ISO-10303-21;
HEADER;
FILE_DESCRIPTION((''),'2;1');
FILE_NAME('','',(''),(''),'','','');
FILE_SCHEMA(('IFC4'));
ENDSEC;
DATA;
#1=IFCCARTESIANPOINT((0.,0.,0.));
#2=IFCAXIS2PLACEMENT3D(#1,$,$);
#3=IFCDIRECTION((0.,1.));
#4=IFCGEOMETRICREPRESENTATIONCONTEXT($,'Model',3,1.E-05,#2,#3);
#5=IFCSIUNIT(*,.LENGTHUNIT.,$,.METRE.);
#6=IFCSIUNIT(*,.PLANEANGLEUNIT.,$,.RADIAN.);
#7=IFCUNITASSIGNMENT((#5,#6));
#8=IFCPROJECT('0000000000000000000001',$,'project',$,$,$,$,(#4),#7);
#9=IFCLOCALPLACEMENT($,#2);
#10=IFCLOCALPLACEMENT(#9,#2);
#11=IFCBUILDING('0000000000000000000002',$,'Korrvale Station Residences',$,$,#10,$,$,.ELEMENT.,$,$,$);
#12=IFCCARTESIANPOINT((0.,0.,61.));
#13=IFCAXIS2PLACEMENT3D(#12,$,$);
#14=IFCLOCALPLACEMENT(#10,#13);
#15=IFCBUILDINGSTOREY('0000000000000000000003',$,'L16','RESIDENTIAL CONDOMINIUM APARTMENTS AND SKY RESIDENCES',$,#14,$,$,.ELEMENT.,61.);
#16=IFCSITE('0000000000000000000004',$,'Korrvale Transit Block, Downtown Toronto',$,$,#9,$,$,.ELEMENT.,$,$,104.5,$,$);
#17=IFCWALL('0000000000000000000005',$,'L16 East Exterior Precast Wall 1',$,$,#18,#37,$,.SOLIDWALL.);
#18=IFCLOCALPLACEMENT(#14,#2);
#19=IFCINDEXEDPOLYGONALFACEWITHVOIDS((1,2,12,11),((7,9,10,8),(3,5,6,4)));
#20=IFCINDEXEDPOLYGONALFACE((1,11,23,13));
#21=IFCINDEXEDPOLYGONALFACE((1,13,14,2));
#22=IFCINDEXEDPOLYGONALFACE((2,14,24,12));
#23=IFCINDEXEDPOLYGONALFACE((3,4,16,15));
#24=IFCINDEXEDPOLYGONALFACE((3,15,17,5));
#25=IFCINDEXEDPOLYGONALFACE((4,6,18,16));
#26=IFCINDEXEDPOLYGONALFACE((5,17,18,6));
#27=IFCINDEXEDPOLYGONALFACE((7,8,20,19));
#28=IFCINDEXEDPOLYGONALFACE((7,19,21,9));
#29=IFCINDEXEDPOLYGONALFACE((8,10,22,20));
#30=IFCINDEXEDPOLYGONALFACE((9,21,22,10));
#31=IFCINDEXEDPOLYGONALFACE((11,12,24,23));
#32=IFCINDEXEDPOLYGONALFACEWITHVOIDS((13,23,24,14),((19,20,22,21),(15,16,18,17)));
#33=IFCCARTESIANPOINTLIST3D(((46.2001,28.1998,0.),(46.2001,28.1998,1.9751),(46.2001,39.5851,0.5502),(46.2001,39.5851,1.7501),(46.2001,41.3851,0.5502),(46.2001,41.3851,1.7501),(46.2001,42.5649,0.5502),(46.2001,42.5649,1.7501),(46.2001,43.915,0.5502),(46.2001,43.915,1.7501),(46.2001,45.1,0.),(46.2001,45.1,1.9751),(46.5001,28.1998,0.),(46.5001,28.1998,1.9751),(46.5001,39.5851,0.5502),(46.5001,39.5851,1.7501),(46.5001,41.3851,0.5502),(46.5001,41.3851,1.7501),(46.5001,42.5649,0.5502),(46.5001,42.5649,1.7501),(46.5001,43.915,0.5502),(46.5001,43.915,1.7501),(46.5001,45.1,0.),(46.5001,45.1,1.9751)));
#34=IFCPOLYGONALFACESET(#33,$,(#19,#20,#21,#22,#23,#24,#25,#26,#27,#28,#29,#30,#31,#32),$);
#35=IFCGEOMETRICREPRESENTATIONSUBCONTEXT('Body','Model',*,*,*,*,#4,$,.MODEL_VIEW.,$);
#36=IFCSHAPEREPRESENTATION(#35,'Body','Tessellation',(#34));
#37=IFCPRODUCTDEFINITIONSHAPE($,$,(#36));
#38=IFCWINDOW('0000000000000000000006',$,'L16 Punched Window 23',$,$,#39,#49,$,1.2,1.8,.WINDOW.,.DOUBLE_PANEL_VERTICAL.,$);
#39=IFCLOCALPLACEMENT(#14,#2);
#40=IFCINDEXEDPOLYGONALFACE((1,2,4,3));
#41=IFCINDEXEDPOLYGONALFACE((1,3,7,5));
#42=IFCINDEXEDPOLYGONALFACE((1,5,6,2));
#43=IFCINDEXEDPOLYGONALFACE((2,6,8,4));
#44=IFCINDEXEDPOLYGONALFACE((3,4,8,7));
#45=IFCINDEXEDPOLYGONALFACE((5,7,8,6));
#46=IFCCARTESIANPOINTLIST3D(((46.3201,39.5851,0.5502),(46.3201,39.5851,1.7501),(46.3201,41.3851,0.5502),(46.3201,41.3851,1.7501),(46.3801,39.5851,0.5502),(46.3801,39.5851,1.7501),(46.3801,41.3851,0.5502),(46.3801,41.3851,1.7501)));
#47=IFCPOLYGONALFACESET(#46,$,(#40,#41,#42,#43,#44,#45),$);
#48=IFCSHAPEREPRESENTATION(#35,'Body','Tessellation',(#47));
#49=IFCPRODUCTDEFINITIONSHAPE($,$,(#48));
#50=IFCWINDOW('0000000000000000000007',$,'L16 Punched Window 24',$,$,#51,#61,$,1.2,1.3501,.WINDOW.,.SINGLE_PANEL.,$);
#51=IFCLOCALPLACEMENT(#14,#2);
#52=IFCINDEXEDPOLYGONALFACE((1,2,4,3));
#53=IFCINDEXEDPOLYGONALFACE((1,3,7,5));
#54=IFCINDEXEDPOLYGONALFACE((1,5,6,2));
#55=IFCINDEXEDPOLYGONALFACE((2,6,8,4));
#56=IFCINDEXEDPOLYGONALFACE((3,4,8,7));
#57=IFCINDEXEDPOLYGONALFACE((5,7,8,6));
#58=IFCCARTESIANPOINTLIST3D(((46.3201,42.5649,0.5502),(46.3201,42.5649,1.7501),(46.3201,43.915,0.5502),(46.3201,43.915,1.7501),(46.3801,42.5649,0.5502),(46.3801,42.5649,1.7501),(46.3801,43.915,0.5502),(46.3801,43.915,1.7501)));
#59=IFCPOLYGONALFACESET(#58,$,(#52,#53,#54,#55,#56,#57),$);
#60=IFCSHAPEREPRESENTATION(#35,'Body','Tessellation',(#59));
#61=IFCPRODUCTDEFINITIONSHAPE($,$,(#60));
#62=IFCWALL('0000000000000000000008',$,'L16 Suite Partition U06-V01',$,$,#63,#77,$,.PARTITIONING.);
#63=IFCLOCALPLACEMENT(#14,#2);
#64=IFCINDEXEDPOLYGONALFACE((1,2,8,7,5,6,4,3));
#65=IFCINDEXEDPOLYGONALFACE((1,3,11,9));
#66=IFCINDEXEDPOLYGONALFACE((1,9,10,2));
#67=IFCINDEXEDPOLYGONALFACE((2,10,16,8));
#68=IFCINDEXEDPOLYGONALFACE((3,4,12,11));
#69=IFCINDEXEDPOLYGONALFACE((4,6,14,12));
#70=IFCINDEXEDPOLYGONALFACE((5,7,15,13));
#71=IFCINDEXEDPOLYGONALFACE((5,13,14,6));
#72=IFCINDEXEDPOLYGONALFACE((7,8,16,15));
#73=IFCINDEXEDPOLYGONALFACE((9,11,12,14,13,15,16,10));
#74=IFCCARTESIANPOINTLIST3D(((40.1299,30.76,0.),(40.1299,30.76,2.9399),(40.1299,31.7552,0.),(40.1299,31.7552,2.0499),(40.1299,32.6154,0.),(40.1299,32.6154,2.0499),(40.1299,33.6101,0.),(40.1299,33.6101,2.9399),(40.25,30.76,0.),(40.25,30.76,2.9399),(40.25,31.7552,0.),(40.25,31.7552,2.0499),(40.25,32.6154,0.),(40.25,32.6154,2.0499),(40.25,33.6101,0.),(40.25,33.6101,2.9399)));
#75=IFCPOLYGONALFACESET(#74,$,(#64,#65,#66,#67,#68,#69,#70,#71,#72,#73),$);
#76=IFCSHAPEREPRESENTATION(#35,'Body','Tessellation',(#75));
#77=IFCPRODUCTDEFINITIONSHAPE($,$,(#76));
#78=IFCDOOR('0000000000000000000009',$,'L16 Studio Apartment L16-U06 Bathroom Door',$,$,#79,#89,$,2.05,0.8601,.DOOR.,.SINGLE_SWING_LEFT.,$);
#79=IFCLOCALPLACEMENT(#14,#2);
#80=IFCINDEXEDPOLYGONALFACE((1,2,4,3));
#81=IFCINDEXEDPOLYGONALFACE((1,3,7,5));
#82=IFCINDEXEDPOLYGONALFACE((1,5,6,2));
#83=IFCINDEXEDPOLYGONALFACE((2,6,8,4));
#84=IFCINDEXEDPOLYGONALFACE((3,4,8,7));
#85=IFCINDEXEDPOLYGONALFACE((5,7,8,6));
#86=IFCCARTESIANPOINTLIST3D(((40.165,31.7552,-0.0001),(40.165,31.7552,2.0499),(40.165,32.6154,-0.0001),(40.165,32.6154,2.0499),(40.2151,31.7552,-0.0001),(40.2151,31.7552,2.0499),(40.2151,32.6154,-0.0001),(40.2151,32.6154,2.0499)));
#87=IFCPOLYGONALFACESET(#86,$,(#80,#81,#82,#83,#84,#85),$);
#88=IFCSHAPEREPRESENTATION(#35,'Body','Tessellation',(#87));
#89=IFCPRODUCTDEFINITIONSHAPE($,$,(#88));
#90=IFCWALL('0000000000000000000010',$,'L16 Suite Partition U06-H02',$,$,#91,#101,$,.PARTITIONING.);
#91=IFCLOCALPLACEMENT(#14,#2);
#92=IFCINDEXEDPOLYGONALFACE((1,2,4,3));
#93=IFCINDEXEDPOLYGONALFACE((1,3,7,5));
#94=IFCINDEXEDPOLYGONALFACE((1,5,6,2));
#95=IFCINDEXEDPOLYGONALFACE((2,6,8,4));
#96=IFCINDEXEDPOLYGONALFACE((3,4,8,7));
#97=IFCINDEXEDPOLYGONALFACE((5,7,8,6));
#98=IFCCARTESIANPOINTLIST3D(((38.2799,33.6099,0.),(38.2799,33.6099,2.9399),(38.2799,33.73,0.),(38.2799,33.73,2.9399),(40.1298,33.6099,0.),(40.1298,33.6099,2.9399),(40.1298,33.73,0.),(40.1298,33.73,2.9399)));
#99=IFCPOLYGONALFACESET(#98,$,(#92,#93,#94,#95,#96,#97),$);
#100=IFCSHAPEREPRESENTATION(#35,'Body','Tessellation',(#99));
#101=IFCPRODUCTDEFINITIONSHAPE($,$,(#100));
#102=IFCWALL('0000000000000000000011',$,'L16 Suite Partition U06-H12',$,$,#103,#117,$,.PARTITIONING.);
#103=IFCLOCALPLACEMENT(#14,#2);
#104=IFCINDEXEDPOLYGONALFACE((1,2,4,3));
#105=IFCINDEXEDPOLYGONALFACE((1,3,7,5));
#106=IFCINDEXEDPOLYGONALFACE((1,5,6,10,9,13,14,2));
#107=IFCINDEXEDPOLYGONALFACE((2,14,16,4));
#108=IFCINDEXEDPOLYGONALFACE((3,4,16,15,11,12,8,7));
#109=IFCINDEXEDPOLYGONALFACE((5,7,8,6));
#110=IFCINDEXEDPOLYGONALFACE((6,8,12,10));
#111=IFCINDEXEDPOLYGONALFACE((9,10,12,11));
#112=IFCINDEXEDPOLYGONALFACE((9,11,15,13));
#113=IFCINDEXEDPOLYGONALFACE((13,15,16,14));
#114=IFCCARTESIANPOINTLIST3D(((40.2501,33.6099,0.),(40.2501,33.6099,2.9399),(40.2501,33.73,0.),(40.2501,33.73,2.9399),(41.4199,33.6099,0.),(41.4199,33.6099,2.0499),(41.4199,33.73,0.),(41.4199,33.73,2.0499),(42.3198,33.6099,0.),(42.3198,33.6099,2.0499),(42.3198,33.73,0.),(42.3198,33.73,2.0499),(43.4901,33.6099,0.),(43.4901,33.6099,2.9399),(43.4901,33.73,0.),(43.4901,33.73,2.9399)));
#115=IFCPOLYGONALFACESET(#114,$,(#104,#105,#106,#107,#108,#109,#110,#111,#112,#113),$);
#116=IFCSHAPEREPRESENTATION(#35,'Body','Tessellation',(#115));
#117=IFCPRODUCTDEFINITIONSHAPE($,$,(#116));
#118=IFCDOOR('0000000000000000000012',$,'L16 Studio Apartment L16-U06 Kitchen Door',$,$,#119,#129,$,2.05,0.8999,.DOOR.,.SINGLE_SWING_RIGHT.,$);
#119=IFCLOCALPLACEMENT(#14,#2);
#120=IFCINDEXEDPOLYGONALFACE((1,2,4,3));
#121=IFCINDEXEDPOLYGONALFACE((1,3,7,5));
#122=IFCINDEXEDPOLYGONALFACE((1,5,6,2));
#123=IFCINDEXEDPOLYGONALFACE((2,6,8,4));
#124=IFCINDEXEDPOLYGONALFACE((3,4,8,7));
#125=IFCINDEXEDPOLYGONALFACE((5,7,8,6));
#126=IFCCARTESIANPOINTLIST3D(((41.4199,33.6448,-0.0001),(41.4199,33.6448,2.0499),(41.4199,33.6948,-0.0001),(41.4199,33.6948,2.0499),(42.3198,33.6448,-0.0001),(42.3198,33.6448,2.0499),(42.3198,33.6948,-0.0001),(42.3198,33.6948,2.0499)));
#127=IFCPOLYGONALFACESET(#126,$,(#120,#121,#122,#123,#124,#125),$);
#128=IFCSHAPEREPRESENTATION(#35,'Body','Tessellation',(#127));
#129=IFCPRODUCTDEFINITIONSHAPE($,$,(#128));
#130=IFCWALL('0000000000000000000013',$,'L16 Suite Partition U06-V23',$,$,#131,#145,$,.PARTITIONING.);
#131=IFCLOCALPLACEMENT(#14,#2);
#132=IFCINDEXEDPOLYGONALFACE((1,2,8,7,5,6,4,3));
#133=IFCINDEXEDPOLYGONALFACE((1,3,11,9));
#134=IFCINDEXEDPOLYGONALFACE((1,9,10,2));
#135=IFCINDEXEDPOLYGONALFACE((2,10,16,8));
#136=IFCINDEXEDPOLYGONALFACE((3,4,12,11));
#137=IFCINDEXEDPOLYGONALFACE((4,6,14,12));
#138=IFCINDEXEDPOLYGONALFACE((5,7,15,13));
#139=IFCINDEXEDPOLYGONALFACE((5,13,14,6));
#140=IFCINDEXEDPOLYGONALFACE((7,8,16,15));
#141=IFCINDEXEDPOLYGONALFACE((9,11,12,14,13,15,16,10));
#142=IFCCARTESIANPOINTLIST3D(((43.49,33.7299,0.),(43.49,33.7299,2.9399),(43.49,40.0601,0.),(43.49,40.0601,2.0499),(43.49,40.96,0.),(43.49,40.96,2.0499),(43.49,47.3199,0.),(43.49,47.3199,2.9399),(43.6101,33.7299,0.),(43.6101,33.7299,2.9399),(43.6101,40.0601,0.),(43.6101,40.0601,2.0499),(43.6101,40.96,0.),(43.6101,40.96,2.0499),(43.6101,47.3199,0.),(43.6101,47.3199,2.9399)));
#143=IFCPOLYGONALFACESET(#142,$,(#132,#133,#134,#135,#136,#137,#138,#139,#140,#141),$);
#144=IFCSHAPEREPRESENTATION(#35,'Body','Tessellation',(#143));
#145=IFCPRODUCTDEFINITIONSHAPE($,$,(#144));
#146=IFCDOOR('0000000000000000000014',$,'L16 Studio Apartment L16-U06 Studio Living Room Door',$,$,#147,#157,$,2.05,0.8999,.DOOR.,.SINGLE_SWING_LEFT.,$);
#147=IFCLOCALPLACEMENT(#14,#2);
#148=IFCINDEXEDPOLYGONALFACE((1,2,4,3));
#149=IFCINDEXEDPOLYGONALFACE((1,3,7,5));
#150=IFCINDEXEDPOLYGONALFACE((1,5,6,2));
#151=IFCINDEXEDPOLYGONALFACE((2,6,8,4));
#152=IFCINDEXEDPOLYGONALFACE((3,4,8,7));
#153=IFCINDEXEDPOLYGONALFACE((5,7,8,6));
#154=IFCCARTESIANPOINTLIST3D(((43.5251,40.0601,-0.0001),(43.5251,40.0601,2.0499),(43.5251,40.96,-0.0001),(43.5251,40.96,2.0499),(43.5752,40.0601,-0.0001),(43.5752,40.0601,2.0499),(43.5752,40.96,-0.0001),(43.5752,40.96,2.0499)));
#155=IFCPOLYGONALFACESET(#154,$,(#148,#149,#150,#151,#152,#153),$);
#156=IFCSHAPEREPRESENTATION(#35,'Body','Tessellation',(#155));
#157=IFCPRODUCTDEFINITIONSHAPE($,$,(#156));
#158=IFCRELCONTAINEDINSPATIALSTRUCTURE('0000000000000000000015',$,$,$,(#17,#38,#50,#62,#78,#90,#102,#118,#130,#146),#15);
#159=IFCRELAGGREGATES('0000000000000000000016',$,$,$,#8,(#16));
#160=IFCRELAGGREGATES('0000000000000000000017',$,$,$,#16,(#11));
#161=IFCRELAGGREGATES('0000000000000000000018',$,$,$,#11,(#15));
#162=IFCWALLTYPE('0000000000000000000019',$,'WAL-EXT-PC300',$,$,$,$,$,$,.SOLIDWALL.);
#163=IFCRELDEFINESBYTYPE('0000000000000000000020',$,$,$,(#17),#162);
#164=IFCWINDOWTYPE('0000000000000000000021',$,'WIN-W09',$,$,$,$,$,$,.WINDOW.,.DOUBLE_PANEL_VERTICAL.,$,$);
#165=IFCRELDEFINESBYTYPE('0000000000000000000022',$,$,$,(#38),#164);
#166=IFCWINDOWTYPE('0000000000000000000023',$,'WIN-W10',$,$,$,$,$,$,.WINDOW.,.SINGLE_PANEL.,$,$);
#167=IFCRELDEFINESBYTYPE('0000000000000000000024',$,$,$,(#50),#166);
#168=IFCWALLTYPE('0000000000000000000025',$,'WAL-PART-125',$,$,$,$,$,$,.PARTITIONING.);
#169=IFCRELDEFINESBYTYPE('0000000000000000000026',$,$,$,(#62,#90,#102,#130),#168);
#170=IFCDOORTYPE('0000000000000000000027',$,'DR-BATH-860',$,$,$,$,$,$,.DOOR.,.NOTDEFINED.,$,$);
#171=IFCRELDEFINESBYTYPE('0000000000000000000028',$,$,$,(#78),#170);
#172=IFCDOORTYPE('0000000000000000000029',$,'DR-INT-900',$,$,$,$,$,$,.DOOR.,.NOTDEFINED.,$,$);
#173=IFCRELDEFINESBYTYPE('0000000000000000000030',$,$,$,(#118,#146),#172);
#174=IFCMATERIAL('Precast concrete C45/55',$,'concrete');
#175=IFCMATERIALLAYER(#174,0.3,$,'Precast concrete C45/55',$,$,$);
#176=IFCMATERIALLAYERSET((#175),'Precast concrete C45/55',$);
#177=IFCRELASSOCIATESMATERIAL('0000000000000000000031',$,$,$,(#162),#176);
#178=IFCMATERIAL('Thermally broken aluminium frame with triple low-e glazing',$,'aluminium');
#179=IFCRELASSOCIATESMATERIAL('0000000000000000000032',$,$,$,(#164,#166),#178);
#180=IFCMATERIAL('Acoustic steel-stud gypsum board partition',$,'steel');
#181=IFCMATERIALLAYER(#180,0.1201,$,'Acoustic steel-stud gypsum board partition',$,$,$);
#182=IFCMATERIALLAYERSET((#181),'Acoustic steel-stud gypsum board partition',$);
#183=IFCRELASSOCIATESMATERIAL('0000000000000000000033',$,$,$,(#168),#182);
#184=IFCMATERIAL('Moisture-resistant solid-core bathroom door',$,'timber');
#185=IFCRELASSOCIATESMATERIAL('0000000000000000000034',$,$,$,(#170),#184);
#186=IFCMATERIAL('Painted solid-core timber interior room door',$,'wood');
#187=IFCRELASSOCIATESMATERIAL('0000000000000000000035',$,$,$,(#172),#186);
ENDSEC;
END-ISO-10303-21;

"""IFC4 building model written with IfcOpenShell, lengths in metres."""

from ifc_helpers import new_model, si_unit, direction, frame, frame_2d, origin, place, context, subcontext, project, spatial, rectangle, extrude, material, layer, layer_set, type_object, element, fill, save


model = new_model("IFC4")

# Units and contexts
model_context = context("Model", 3, precision=1e-05, world=origin(), true_north=direction((0.0, 1.0)))
body_context = subcontext(model_context, "Body", "Model", "MODEL_VIEW")
ifc_project = project(units=[si_unit("LENGTHUNIT", "METRE"), si_unit("PLANEANGLEUNIT", "RADIAN")], contexts=[model_context])

# Site, building, storey
site_placement = place(None, origin())
site = spatial("IfcSite", under=ifc_project, at=site_placement, Name="Korrvale Transit Block, Downtown Toronto", CompositionType="ELEMENT", RefElevation=104.5)
building_placement = place(site_placement, origin())
building = spatial("IfcBuilding", under=site, at=building_placement, Name="Korrvale Station Residences", CompositionType="ELEMENT")
storey_placement = place(building_placement, frame((0.0, 0.0, 61.0)))
storey = spatial("IfcBuildingStorey", under=building, at=storey_placement, Name="L16", Description="RESIDENTIAL CONDOMINIUM APARTMENTS AND SKY RESIDENCES", CompositionType="ELEMENT", Elevation=61.0)

# Shared definitions
ifc_material_1 = material(Name="Precast concrete C45/55", Category="concrete")
ifc_layer_1 = layer(ifc_material_1, 0.3, Name="Precast concrete C45/55")
ifc_layer_set_1 = layer_set([ifc_layer_1], Name="Precast concrete C45/55")
wall_type_1 = type_object("IfcWallType", Name="WAL-EXT-PC300", PredefinedType="SOLIDWALL", material=ifc_layer_set_1)

# Wall, openings, windows
wall_1_placement = place(storey_placement, frame((46.3501, 45.1001, 0.0), z_axis=(0.0, 0.0, 1.0), x_axis=(0.0, -1.0, 0.0)))
wall_1 = element("IfcWall", 1, at=wall_1_placement, inside=storey, type_object=wall_type_1, Name="L16 East Exterior Precast Wall 1", PredefinedType="SOLIDWALL", context=body_context, shape_type="SweptSolid", body=[
    extrude(rectangle(XDim=16.9001, YDim=0.3, at=frame_2d((8.4502, 0.0))), origin(), (0.0, 0.0, 1.0), 1.9751),
])
opening_1_placement = place(wall_1_placement, frame((3.7151, 0.0, 0.55)))
opening_1 = element("IfcOpeningElement", 2, at=opening_1_placement, cuts=wall_1, PredefinedType="OPENING", context=body_context, shape_type="SweptSolid", body=[
    extrude(rectangle(XDim=1.8, YDim=1.2, at=frame_2d((0.8999, 0.6001))), frame((0.0, 0.1602, 0.0), z_axis=(0.0, -1.0, 0.0), x_axis=(1.0, 0.0, 0.0)), (0.0, 0.0, 1.0), 0.3201),
])
opening_2_placement = place(wall_1_placement, frame((1.1851, 0.0, 0.55)))
opening_2 = element("IfcOpeningElement", 3, at=opening_2_placement, cuts=wall_1, PredefinedType="OPENING", context=body_context, shape_type="SweptSolid", body=[
    extrude(rectangle(XDim=1.3501, YDim=1.2, at=frame_2d((0.675, 0.6001))), frame((0.0, 0.1602, 0.0), z_axis=(0.0, -1.0, 0.0), x_axis=(1.0, 0.0, 0.0)), (0.0, 0.0, 1.0), 0.3201),
])
ifc_material_2 = material(Name="Thermally broken aluminium frame with triple low-e glazing", Category="aluminium")
window_type_1 = type_object("IfcWindowType", Name="WIN-W09", PartitioningType="DOUBLE_PANEL_VERTICAL", PredefinedType="WINDOW", material=ifc_material_2)
window_1_placement = place(opening_1_placement, origin())
window_1 = element("IfcWindow", 4, at=window_1_placement, inside=storey, type_object=window_type_1, Name="L16 Punched Window 23", OverallHeight=1.2, OverallWidth=1.8, PartitioningType="DOUBLE_PANEL_VERTICAL", PredefinedType="WINDOW", context=body_context, shape_type="SweptSolid", body=[
    extrude(rectangle(XDim=1.8, YDim=1.2, at=frame_2d((0.8999, 0.6001))), frame((0.0, 0.03, 0.0), z_axis=(0.0, -1.0, 0.0), x_axis=(1.0, 0.0, 0.0)), (0.0, 0.0, 1.0), 0.0601),
])
fill(opening_1, window_1)
window_type_2 = type_object("IfcWindowType", Name="WIN-W10", PartitioningType="SINGLE_PANEL", PredefinedType="WINDOW", material=ifc_material_2)
window_2_placement = place(opening_2_placement, origin())
window_2 = element("IfcWindow", 5, at=window_2_placement, inside=storey, type_object=window_type_2, Name="L16 Punched Window 24", OverallHeight=1.2, OverallWidth=1.3501, PartitioningType="SINGLE_PANEL", PredefinedType="WINDOW", context=body_context, shape_type="SweptSolid", body=[
    extrude(rectangle(XDim=1.3501, YDim=1.2, at=frame_2d((0.675, 0.6001))), frame((0.0, 0.03, 0.0), z_axis=(0.0, -1.0, 0.0), x_axis=(1.0, 0.0, 0.0)), (0.0, 0.0, 1.0), 0.0601),
])
fill(opening_2, window_2)

# Wall, opening, door
ifc_material_3 = material(Name="Acoustic steel-stud gypsum board partition", Category="steel")
ifc_layer_2 = layer(ifc_material_3, 0.1201, Name="Acoustic steel-stud gypsum board partition")
ifc_layer_set_2 = layer_set([ifc_layer_2], Name="Acoustic steel-stud gypsum board partition")
wall_type_2 = type_object("IfcWallType", Name="WAL-PART-125", PredefinedType="PARTITIONING", material=ifc_layer_set_2)
wall_2_placement = place(storey_placement, frame((40.1899, 30.76, 0.0), z_axis=(0.0, 0.0, 1.0), x_axis=(0.0, 1.0, 0.0)))
wall_2 = element("IfcWall", 6, at=wall_2_placement, inside=storey, type_object=wall_type_2, Name="L16 Suite Partition U06-V01", PredefinedType="PARTITIONING", context=body_context, shape_type="SweptSolid", body=[
    extrude(rectangle(XDim=2.8501, YDim=0.1201, at=frame_2d((1.425, 0.0))), origin(), (0.0, 0.0, 1.0), 2.9399),
])
opening_3_placement = place(wall_2_placement, frame((0.9951, 0.0, 0.0)))
opening_3 = element("IfcOpeningElement", 7, at=opening_3_placement, cuts=wall_2, PredefinedType="OPENING", context=body_context, shape_type="SweptSolid", body=[
    extrude(rectangle(XDim=0.8601, YDim=2.05, at=frame_2d((0.4302, 1.0249))), frame((0.0, 0.0701, 0.0), z_axis=(0.0, -1.0, 0.0), x_axis=(1.0, 0.0, 0.0)), (0.0, 0.0, 1.0), 0.1401),
])
ifc_material_4 = material(Name="Moisture-resistant solid-core bathroom door", Category="timber")
door_type_1 = type_object("IfcDoorType", Name="DR-BATH-860", OperationType="NOTDEFINED", PredefinedType="DOOR", material=ifc_material_4)
door_1_placement = place(opening_3_placement, origin())
door_1 = element("IfcDoor", 8, at=door_1_placement, inside=storey, type_object=door_type_1, Name="L16 Studio Apartment L16-U06 Bathroom Door", OperationType="SINGLE_SWING_LEFT", OverallHeight=2.05, OverallWidth=0.8601, PredefinedType="DOOR", context=body_context, shape_type="SweptSolid", body=[
    extrude(rectangle(XDim=0.8601, YDim=2.05, at=frame_2d((0.4302, 1.0249))), frame((0.0, 0.0249, 0.0), z_axis=(0.0, -1.0, 0.0), x_axis=(1.0, 0.0, 0.0)), (0.0, 0.0, 1.0), 0.05),
])
fill(opening_3, door_1)

# Wall
wall_3_placement = place(storey_placement, frame((38.28, 33.6699, 0.0), z_axis=(0.0, 0.0, 1.0), x_axis=(1.0, 0.0, 0.0)))
element("IfcWall", 9, at=wall_3_placement, inside=storey, type_object=wall_type_2, Name="L16 Suite Partition U06-H02", PredefinedType="PARTITIONING", context=body_context, shape_type="SweptSolid", body=[
    extrude(rectangle(XDim=1.8499, YDim=0.1201, at=frame_2d((0.9248, 0.0))), origin(), (0.0, 0.0, 1.0), 2.9399),
])

# Walls, openings, doors
wall_4_placement = place(storey_placement, frame((40.25, 33.6699, 0.0), z_axis=(0.0, 0.0, 1.0), x_axis=(1.0, 0.0, 0.0)))
wall_4 = element("IfcWall", 10, at=wall_4_placement, inside=storey, type_object=wall_type_2, Name="L16 Suite Partition U06-H12", PredefinedType="PARTITIONING", context=body_context, shape_type="SweptSolid", body=[
    extrude(rectangle(XDim=3.24, YDim=0.1201, at=frame_2d((1.6201, 0.0))), origin(), (0.0, 0.0, 1.0), 2.9399),
])
opening_4_placement = place(wall_4_placement, frame((1.1699, 0.0, 0.0)))
opening_4 = element("IfcOpeningElement", 11, at=opening_4_placement, cuts=wall_4, PredefinedType="OPENING", context=body_context, shape_type="SweptSolid", body=[
    extrude(rectangle(XDim=0.8999, YDim=2.05, at=frame_2d((0.45, 1.0249))), frame((0.0, 0.0701, 0.0), z_axis=(0.0, -1.0, 0.0), x_axis=(1.0, 0.0, 0.0)), (0.0, 0.0, 1.0), 0.1401),
])
ifc_material_5 = material(Name="Painted solid-core timber interior room door", Category="wood")
door_type_2 = type_object("IfcDoorType", Name="DR-INT-900", OperationType="NOTDEFINED", PredefinedType="DOOR", material=ifc_material_5)
door_2_placement = place(opening_4_placement, origin())
door_2 = element("IfcDoor", 12, at=door_2_placement, inside=storey, type_object=door_type_2, Name="L16 Studio Apartment L16-U06 Kitchen Door", OperationType="SINGLE_SWING_RIGHT", OverallHeight=2.05, OverallWidth=0.8999, PredefinedType="DOOR", context=body_context, shape_type="SweptSolid", body=[
    extrude(rectangle(XDim=0.8999, YDim=2.05, at=frame_2d((0.45, 1.0249))), frame((0.0, 0.0249, 0.0), z_axis=(0.0, -1.0, 0.0), x_axis=(1.0, 0.0, 0.0)), (0.0, 0.0, 1.0), 0.05),
])
fill(opening_4, door_2)
wall_5_placement = place(storey_placement, frame((43.55, 33.73, 0.0), z_axis=(0.0, 0.0, 1.0), x_axis=(0.0, 1.0, 0.0)))
wall_5 = element("IfcWall", 13, at=wall_5_placement, inside=storey, type_object=wall_type_2, Name="L16 Suite Partition U06-V23", PredefinedType="PARTITIONING", context=body_context, shape_type="SweptSolid", body=[
    extrude(rectangle(XDim=13.5901, YDim=0.1201, at=frame_2d((6.7949, 0.0))), origin(), (0.0, 0.0, 1.0), 2.9399),
])
opening_5_placement = place(wall_5_placement, frame((6.3301, 0.0, 0.0)))
opening_5 = element("IfcOpeningElement", 14, at=opening_5_placement, cuts=wall_5, PredefinedType="OPENING", context=body_context, shape_type="SweptSolid", body=[
    extrude(rectangle(XDim=0.8999, YDim=2.05, at=frame_2d((0.45, 1.0249))), frame((0.0, 0.0701, 0.0), z_axis=(0.0, -1.0, 0.0), x_axis=(1.0, 0.0, 0.0)), (0.0, 0.0, 1.0), 0.1401),
])
door_3_placement = place(opening_5_placement, origin())
door_3 = element("IfcDoor", 15, at=door_3_placement, inside=storey, type_object=door_type_2, Name="L16 Studio Apartment L16-U06 Studio Living Room Door", OperationType="SINGLE_SWING_LEFT", OverallHeight=2.05, OverallWidth=0.8999, PredefinedType="DOOR", context=body_context, shape_type="SweptSolid", body=[
    extrude(rectangle(XDim=0.8999, YDim=2.05, at=frame_2d((0.45, 1.0249))), frame((0.0, 0.0249, 0.0), z_axis=(0.0, -1.0, 0.0), x_axis=(1.0, 0.0, 0.0)), (0.0, 0.0, 1.0), 0.05),
])
fill(opening_5, door_3)

save(model, "model.ifc")
